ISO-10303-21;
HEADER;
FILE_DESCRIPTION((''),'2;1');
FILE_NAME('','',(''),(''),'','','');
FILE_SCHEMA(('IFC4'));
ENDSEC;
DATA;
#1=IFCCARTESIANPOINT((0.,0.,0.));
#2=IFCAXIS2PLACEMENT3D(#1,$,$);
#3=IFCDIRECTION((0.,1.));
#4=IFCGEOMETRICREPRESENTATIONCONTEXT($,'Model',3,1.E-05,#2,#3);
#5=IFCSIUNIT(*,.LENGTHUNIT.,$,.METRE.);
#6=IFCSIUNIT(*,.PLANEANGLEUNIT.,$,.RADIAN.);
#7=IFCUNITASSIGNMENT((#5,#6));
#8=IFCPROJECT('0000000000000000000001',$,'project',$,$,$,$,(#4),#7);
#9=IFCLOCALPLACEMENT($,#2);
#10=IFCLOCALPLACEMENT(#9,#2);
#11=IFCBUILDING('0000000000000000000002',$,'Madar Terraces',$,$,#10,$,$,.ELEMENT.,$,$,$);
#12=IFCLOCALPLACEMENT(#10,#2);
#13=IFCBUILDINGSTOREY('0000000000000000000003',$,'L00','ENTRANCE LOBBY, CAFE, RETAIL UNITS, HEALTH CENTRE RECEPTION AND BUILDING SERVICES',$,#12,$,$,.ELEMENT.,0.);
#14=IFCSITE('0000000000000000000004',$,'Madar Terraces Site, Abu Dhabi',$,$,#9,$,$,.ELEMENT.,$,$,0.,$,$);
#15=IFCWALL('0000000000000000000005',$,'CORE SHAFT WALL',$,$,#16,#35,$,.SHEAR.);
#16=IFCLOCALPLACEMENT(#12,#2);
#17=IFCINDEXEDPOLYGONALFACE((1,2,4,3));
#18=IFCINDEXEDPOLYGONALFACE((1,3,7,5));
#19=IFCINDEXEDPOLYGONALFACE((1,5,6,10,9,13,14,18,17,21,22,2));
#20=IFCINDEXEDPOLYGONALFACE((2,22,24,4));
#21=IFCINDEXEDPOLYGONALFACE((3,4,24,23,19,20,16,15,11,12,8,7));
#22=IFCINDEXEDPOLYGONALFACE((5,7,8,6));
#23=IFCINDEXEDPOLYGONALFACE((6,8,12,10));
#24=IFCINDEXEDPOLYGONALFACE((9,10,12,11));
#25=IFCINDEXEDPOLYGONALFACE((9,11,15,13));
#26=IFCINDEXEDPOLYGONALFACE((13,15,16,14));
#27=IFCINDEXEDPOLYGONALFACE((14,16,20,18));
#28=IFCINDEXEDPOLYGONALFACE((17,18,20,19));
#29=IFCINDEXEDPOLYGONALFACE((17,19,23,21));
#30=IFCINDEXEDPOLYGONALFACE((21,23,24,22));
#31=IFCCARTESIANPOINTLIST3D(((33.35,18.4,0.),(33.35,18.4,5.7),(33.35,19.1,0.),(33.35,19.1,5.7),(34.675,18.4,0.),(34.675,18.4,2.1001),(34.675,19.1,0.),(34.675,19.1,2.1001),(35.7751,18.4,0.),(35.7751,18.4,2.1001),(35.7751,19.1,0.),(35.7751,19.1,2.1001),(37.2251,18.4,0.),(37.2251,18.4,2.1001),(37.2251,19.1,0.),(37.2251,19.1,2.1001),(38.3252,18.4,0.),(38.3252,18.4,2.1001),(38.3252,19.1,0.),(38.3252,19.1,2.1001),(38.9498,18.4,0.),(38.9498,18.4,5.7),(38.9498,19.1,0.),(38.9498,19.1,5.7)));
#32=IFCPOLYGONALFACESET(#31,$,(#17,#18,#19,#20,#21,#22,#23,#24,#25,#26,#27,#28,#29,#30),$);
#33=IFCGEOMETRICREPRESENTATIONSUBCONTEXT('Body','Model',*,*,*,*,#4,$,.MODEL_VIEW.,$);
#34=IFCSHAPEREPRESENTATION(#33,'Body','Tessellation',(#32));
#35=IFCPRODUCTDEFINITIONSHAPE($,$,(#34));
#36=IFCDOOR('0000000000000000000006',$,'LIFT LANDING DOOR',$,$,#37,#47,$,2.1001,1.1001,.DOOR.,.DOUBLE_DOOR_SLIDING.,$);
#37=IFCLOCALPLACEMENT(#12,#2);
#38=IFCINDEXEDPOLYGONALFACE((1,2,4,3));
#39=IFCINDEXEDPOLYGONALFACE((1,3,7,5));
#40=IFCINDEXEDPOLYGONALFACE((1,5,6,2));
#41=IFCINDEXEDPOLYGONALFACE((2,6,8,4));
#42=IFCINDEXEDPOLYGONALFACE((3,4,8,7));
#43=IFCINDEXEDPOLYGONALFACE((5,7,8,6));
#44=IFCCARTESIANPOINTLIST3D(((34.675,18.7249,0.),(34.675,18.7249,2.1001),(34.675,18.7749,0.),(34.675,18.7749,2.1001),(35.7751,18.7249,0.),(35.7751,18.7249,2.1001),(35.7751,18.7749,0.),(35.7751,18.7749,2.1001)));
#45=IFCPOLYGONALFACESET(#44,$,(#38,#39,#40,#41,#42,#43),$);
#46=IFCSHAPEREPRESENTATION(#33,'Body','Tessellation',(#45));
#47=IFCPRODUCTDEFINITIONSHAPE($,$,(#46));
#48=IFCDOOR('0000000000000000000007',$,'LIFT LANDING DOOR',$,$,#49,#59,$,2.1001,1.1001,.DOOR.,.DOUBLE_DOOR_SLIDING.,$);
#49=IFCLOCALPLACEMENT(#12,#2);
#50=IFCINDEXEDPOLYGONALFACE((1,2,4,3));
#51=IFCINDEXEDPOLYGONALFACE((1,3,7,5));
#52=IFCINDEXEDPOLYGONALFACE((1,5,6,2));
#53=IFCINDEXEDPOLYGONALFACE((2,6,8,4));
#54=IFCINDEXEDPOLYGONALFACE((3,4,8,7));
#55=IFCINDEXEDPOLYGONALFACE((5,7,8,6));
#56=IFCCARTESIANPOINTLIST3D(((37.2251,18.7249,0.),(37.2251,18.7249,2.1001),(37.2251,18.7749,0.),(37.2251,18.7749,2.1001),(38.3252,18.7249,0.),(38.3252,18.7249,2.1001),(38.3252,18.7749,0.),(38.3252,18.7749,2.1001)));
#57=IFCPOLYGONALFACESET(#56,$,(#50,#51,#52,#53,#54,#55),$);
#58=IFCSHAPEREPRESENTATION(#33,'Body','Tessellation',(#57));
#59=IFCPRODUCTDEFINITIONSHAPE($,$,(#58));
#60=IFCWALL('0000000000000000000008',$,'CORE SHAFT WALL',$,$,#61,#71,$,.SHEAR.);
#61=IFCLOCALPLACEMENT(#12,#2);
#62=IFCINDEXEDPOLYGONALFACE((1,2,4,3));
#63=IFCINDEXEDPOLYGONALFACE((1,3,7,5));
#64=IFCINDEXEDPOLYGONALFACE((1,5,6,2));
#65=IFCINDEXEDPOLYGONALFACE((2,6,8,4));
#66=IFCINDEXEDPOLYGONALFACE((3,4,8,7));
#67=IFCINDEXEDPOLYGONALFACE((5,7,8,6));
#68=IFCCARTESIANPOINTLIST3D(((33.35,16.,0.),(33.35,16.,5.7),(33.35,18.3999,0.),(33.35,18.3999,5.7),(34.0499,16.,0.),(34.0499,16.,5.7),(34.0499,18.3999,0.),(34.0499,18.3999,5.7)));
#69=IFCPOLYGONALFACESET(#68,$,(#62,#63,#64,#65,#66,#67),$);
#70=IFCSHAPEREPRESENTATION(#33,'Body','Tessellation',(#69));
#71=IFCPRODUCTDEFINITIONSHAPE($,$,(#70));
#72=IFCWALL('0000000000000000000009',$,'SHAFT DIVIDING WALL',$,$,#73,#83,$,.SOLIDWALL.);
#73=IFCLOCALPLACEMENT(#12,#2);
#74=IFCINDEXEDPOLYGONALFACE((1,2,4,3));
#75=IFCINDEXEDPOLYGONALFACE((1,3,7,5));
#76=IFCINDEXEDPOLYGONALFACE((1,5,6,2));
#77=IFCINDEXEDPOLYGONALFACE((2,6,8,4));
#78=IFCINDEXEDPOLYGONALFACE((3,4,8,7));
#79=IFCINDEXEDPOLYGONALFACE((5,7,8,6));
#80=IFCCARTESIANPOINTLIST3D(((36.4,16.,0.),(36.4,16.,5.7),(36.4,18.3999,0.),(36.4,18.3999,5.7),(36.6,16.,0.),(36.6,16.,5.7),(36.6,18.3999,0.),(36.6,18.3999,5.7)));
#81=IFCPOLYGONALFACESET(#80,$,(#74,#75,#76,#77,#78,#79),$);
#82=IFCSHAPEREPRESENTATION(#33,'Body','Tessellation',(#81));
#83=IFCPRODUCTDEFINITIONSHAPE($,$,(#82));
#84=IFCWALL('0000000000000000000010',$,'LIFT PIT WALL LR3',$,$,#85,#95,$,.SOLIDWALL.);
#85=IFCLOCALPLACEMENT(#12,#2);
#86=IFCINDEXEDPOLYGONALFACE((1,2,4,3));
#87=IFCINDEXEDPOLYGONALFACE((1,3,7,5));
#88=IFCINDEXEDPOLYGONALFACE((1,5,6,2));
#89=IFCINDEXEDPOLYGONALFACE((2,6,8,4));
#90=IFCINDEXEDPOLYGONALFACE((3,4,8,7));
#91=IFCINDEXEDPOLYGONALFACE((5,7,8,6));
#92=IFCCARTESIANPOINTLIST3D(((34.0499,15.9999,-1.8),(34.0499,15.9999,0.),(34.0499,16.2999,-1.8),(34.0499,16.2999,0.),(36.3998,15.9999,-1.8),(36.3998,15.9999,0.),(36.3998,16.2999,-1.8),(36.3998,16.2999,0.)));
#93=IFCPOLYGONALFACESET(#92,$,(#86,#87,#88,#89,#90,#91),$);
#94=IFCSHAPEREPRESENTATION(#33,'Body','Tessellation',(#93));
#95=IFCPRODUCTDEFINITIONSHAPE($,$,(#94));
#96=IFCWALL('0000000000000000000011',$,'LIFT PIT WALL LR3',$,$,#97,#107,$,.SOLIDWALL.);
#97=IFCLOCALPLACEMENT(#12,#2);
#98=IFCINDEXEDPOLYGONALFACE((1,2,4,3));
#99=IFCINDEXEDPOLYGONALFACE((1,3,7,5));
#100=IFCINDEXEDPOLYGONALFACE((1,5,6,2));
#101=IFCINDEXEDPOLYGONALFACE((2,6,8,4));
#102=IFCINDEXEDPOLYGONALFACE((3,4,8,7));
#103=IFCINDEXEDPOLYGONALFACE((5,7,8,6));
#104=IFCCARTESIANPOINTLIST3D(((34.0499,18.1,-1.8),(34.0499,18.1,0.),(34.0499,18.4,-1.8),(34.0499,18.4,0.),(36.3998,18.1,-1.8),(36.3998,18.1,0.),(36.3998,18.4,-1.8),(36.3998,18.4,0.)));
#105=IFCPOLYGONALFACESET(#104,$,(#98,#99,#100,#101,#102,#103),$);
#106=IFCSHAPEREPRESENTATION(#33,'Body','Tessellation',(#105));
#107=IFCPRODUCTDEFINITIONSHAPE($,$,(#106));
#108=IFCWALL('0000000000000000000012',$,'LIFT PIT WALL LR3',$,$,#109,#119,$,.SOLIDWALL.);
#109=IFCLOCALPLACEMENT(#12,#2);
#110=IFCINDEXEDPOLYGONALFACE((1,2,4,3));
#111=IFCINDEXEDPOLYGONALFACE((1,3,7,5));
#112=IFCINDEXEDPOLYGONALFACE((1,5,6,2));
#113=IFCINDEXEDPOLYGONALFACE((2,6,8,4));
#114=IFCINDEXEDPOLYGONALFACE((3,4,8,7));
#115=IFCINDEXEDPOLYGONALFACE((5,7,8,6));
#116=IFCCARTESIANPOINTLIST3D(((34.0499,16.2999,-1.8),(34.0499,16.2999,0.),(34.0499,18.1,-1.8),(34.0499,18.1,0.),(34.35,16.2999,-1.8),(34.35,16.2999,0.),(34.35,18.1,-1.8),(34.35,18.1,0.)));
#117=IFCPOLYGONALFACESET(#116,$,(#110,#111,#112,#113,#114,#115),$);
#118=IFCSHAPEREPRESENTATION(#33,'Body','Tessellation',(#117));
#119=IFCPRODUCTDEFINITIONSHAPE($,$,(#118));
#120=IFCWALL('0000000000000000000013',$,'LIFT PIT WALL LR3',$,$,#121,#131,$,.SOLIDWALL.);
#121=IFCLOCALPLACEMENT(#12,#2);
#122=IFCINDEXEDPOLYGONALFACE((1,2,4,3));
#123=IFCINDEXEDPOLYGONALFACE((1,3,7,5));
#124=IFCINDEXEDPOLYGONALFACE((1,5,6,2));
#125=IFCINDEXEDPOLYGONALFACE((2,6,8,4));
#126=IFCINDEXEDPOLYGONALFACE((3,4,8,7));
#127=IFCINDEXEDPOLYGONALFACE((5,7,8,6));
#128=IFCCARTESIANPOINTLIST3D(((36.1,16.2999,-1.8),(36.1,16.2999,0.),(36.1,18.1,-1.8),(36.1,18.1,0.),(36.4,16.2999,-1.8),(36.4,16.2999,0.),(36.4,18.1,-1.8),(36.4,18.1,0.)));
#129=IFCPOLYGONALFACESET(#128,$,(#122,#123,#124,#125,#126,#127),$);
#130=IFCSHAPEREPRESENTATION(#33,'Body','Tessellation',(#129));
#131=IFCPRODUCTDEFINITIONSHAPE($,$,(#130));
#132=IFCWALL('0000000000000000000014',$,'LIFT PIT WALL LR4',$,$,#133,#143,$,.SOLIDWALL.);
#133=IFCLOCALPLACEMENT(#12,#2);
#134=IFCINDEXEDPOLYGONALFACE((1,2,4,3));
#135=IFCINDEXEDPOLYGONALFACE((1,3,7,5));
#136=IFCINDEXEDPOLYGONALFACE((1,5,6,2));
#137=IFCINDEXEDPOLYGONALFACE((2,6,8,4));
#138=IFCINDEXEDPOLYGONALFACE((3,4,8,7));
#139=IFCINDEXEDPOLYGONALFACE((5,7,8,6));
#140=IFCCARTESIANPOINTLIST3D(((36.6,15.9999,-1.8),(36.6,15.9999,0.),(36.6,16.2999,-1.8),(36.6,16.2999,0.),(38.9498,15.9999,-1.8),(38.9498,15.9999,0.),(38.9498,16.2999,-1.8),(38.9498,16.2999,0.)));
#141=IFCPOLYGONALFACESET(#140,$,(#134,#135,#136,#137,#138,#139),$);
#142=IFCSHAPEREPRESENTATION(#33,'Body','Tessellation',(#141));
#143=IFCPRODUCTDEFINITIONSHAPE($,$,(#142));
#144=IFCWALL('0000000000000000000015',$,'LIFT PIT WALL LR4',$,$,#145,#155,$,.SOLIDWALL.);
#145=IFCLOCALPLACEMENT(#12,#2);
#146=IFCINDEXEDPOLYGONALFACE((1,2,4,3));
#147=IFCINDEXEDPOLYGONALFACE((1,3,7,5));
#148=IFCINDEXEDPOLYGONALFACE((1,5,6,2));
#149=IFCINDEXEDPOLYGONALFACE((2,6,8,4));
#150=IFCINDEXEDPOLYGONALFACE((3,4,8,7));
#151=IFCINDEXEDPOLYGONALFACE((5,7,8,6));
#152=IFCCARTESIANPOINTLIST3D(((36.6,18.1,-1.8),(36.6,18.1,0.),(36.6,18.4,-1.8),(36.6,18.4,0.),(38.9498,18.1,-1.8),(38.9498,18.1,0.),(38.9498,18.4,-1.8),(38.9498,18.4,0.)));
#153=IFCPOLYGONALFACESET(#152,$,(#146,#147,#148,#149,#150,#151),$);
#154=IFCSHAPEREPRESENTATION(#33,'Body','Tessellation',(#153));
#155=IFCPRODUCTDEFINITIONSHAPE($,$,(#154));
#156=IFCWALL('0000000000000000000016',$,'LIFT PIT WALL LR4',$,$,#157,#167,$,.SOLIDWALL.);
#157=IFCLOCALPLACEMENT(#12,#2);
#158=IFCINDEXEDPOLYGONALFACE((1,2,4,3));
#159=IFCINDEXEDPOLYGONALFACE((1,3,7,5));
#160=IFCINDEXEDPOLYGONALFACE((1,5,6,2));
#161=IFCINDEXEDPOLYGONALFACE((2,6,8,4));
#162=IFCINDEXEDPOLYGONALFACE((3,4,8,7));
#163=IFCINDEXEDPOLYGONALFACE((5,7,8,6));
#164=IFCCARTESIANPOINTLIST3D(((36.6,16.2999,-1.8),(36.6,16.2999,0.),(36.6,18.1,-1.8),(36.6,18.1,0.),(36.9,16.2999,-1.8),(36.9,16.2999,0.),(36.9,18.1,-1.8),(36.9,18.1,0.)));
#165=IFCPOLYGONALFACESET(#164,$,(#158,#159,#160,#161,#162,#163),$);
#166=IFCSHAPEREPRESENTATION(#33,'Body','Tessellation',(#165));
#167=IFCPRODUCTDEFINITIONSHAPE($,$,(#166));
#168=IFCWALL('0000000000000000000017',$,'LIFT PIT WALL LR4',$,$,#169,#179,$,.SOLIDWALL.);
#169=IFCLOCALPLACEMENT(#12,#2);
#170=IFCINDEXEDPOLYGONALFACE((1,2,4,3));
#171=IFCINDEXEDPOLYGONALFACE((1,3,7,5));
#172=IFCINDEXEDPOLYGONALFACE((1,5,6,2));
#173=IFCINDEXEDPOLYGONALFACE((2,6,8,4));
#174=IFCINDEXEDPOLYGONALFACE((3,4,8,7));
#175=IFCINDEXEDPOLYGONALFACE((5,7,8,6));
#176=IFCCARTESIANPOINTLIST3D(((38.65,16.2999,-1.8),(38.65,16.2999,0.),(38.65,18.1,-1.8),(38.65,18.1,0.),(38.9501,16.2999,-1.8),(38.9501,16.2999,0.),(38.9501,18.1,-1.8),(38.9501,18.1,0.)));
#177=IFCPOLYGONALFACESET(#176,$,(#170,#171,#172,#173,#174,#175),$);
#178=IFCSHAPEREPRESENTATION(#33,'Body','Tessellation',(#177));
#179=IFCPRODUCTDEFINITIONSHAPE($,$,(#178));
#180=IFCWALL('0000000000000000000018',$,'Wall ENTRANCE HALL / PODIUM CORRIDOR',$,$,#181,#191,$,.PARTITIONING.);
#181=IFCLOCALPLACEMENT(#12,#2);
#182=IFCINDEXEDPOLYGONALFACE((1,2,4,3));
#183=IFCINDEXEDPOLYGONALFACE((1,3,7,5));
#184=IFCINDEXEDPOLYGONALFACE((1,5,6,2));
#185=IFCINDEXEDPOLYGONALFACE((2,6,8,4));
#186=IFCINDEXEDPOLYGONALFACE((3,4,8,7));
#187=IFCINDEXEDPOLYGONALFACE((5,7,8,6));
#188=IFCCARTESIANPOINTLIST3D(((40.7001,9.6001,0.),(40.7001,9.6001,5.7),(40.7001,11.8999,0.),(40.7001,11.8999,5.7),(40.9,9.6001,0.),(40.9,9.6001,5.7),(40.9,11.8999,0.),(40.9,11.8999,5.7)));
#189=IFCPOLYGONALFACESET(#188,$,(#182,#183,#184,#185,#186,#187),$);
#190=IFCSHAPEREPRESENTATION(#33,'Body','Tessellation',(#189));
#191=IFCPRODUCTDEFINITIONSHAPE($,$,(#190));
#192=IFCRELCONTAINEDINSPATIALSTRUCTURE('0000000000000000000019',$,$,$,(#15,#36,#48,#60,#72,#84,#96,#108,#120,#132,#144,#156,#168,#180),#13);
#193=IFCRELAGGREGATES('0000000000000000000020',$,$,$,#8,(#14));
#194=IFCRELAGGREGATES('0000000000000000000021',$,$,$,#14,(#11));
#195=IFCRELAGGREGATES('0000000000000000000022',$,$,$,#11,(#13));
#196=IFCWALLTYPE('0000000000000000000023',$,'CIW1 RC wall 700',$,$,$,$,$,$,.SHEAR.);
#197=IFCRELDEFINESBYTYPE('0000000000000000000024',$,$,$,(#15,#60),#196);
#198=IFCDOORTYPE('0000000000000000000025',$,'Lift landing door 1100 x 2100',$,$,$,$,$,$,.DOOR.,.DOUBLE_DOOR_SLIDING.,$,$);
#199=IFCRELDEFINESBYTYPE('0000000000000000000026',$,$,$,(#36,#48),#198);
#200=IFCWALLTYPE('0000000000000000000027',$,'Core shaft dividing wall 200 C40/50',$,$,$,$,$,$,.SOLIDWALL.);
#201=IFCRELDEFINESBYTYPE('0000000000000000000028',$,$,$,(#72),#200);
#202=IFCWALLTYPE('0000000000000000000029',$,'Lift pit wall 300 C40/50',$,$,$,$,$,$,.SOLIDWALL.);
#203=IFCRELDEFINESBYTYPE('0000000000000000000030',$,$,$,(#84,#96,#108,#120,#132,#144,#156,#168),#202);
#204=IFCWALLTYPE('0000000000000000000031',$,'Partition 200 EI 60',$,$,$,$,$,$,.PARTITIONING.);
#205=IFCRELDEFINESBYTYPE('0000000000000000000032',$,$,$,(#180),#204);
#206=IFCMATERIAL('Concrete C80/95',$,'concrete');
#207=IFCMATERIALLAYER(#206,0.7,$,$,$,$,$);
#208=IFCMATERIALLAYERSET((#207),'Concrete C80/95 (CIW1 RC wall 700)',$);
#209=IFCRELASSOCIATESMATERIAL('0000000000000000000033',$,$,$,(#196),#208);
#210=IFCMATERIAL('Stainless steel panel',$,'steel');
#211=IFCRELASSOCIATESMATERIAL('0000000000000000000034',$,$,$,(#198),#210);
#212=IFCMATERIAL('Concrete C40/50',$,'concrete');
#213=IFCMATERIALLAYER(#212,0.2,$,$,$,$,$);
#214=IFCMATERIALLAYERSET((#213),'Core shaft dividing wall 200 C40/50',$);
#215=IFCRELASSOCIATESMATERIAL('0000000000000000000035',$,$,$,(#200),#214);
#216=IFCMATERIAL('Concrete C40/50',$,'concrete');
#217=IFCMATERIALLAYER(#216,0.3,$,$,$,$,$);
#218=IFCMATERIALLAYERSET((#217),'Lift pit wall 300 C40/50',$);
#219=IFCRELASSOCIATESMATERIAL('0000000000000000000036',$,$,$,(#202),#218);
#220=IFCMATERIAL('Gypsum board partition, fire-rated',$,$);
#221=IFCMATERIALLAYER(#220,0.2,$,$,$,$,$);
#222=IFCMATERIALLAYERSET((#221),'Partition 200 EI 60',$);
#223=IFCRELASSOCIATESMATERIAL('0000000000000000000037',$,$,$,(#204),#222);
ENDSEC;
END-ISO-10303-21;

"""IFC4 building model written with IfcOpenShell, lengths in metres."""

from ifc_helpers import new_model, si_unit, direction, frame, frame_2d, origin, place, context, subcontext, project, spatial, rectangle, extrude, material, layer, layer_set, type_object, element, fill, save


model = new_model("IFC4")

# Units and contexts
model_context = context("Model", 3, precision=1e-05, world=origin(), true_north=direction((0.0, 1.0)))
body_context = subcontext(model_context, "Body", "Model", "MODEL_VIEW")
ifc_project = project(units=[si_unit("LENGTHUNIT", "METRE"), si_unit("PLANEANGLEUNIT", "RADIAN")], contexts=[model_context])

# Site, building, storey
site_placement = place(None, origin())
site = spatial("IfcSite", under=ifc_project, at=site_placement, Name="Madar Terraces Site, Abu Dhabi", CompositionType="ELEMENT", RefElevation=0.0)
building_placement = place(site_placement, origin())
building = spatial("IfcBuilding", under=site, at=building_placement, Name="Madar Terraces", CompositionType="ELEMENT")
storey_placement = place(building_placement, origin())
storey = spatial("IfcBuildingStorey", under=building, at=storey_placement, Name="L00", Description="ENTRANCE LOBBY, CAFE, RETAIL UNITS, HEALTH CENTRE RECEPTION AND BUILDING SERVICES", CompositionType="ELEMENT", Elevation=0.0)

# Shared definitions
ifc_material_1 = material(Name="Concrete C80/95", Category="concrete")
ifc_layer_1 = layer(ifc_material_1, 0.7)
ifc_layer_set_1 = layer_set([ifc_layer_1], Name="Concrete C80/95 (CIW1 RC wall 700)")
wall_type_1 = type_object("IfcWallType", Name="CIW1 RC wall 700", PredefinedType="SHEAR", material=ifc_layer_set_1)

# Wall, openings, doors
wall_1_placement = place(storey_placement, frame((33.3501, 18.75, 0.0), z_axis=(0.0, 0.0, 1.0), x_axis=(1.0, 0.0, 0.0)))
wall_1 = element("IfcWall", 1, at=wall_1_placement, inside=storey, type_object=wall_type_1, Name="CORE SHAFT WALL", PredefinedType="SHEAR", context=body_context, shape_type="SweptSolid", body=[
    extrude(rectangle(XDim=5.5999, YDim=0.7, at=frame_2d((2.7998, 0.0))), origin(), (0.0, 0.0, 1.0), 5.7),
])
opening_1_placement = place(wall_1_placement, frame((1.325, 0.0, 0.0)))
opening_1 = element("IfcOpeningElement", 2, at=opening_1_placement, cuts=wall_1, PredefinedType="OPENING", context=body_context, shape_type="SweptSolid", body=[
    extrude(rectangle(XDim=1.1001, YDim=2.1001, at=frame_2d((0.55, 1.05))), frame((0.0, 0.3599, 0.0), z_axis=(0.0, -1.0, 0.0), x_axis=(1.0, 0.0, 0.0)), (0.0, 0.0, 1.0), 0.72),
])
opening_2_placement = place(wall_1_placement, frame((3.875, 0.0, 0.0)))
opening_2 = element("IfcOpeningElement", 3, at=opening_2_placement, cuts=wall_1, PredefinedType="OPENING", context=body_context, shape_type="SweptSolid", body=[
    extrude(rectangle(XDim=1.1001, YDim=2.1001, at=frame_2d((0.55, 1.05))), frame((0.0, 0.3599, 0.0), z_axis=(0.0, -1.0, 0.0), x_axis=(1.0, 0.0, 0.0)), (0.0, 0.0, 1.0), 0.72),
])
ifc_material_2 = material(Name="Stainless steel panel", Category="steel")
door_type = type_object("IfcDoorType", Name="Lift landing door 1100 x 2100", OperationType="DOUBLE_DOOR_SLIDING", PredefinedType="DOOR", material=ifc_material_2)
door_1_placement = place(opening_1_placement, origin())
door_1 = element("IfcDoor", 4, at=door_1_placement, inside=storey, type_object=door_type, Name="LIFT LANDING DOOR", OperationType="DOUBLE_DOOR_SLIDING", OverallHeight=2.1001, OverallWidth=1.1001, PredefinedType="DOOR", context=body_context, shape_type="SweptSolid", body=[
    extrude(rectangle(XDim=1.1001, YDim=2.1001, at=frame_2d((0.55, 1.05))), frame((0.0, 0.0249, 0.0), z_axis=(0.0, -1.0, 0.0), x_axis=(1.0, 0.0, 0.0)), (0.0, 0.0, 1.0), 0.05),
])
fill(opening_1, door_1)
door_2_placement = place(opening_2_placement, origin())
door_2 = element("IfcDoor", 5, at=door_2_placement, inside=storey, type_object=door_type, Name="LIFT LANDING DOOR", OperationType="DOUBLE_DOOR_SLIDING", OverallHeight=2.1001, OverallWidth=1.1001, PredefinedType="DOOR", context=body_context, shape_type="SweptSolid", body=[
    extrude(rectangle(XDim=1.1001, YDim=2.1001, at=frame_2d((0.55, 1.05))), frame((0.0, 0.0249, 0.0), z_axis=(0.0, -1.0, 0.0), x_axis=(1.0, 0.0, 0.0)), (0.0, 0.0, 1.0), 0.05),
])
fill(opening_2, door_2)

# Walls
wall_2_placement = place(storey_placement, frame((33.7, 16.0, 0.0), z_axis=(0.0, 0.0, 1.0), x_axis=(0.0, 1.0, 0.0)))
element("IfcWall", 6, at=wall_2_placement, inside=storey, type_object=wall_type_1, Name="CORE SHAFT WALL", PredefinedType="SHEAR", context=body_context, shape_type="SweptSolid", body=[
    extrude(rectangle(XDim=2.3999, YDim=0.7, at=frame_2d((1.2, 0.0))), origin(), (0.0, 0.0, 1.0), 5.7),
])
ifc_material_3 = material(Name="Concrete C40/50", Category="concrete")
ifc_layer_2 = layer(ifc_material_3, 0.2)
ifc_layer_set_2 = layer_set([ifc_layer_2], Name="Core shaft dividing wall 200 C40/50")
wall_type_2 = type_object("IfcWallType", Name="Core shaft dividing wall 200 C40/50", PredefinedType="SOLIDWALL", material=ifc_layer_set_2)
wall_3_placement = place(storey_placement, frame((36.5, 16.0, 0.0), z_axis=(0.0, 0.0, 1.0), x_axis=(0.0, 1.0, 0.0)))
element("IfcWall", 7, at=wall_3_placement, inside=storey, type_object=wall_type_2, Name="SHAFT DIVIDING WALL", PredefinedType="SOLIDWALL", context=body_context, shape_type="SweptSolid", body=[
    extrude(rectangle(XDim=2.3999, YDim=0.2, at=frame_2d((1.2, 0.0))), origin(), (0.0, 0.0, 1.0), 5.7),
])
ifc_material_4 = material(Name="Concrete C40/50", Category="concrete")
ifc_layer_3 = layer(ifc_material_4, 0.3)
ifc_layer_set_3 = layer_set([ifc_layer_3], Name="Lift pit wall 300 C40/50")
wall_type_3 = type_object("IfcWallType", Name="Lift pit wall 300 C40/50", PredefinedType="SOLIDWALL", material=ifc_layer_set_3)
for number, where, z_axis, x_axis, name in (
    (8, (34.05, 16.1499, -1.8), (0.0, 0.0, 1.0), (1.0, 0.0, 0.0), "LIFT PIT WALL LR3"),
    (9, (34.05, 18.25, -1.8), (0.0, 0.0, 1.0), (1.0, 0.0, 0.0), "LIFT PIT WALL LR3"),
):
    element("IfcWall", number, at=place(storey_placement, frame(where, z_axis=z_axis, x_axis=x_axis)), inside=storey, type_object=wall_type_3, Name=name, PredefinedType="SOLIDWALL", context=body_context, shape_type="SweptSolid", body=[
        extrude(rectangle(XDim=2.3499, YDim=0.3, at=frame_2d((1.1748, 0.0))), origin(), (0.0, 0.0, 1.0), 1.8),
    ])
for number, where, z_axis, x_axis, name in (
    (10, (34.2, 16.3, -1.8), (0.0, 0.0, 1.0), (0.0, 1.0, 0.0), "LIFT PIT WALL LR3"),
    (11, (36.25, 16.3, -1.8), (0.0, 0.0, 1.0), (0.0, 1.0, 0.0), "LIFT PIT WALL LR3"),
):
    element("IfcWall", number, at=place(storey_placement, frame(where, z_axis=z_axis, x_axis=x_axis)), inside=storey, type_object=wall_type_3, Name=name, PredefinedType="SOLIDWALL", context=body_context, shape_type="SweptSolid", body=[
        extrude(rectangle(XDim=1.8, YDim=0.3, at=frame_2d((0.8999, 0.0))), origin(), (0.0, 0.0, 1.0), 1.8),
    ])
for number, where, z_axis, x_axis, name in (
    (12, (36.6001, 16.1499, -1.8), (0.0, 0.0, 1.0), (1.0, 0.0, 0.0), "LIFT PIT WALL LR4"),
    (13, (36.6001, 18.25, -1.8), (0.0, 0.0, 1.0), (1.0, 0.0, 0.0), "LIFT PIT WALL LR4"),
):
    element("IfcWall", number, at=place(storey_placement, frame(where, z_axis=z_axis, x_axis=x_axis)), inside=storey, type_object=wall_type_3, Name=name, PredefinedType="SOLIDWALL", context=body_context, shape_type="SweptSolid", body=[
        extrude(rectangle(XDim=2.3499, YDim=0.3, at=frame_2d((1.1748, 0.0))), origin(), (0.0, 0.0, 1.0), 1.8),
    ])
for number, where, z_axis, x_axis, name in (
    (14, (36.75, 16.3, -1.8), (0.0, 0.0, 1.0), (0.0, 1.0, 0.0), "LIFT PIT WALL LR4"),
    (15, (38.8, 16.3, -1.8), (0.0, 0.0, 1.0), (0.0, 1.0, 0.0), "LIFT PIT WALL LR4"),
):
    element("IfcWall", number, at=place(storey_placement, frame(where, z_axis=z_axis, x_axis=x_axis)), inside=storey, type_object=wall_type_3, Name=name, PredefinedType="SOLIDWALL", context=body_context, shape_type="SweptSolid", body=[
        extrude(rectangle(XDim=1.8, YDim=0.3, at=frame_2d((0.8999, 0.0))), origin(), (0.0, 0.0, 1.0), 1.8),
    ])
ifc_material_5 = material(Name="Gypsum board partition, fire-rated")
ifc_layer_4 = layer(ifc_material_5, 0.2)
ifc_layer_set_4 = layer_set([ifc_layer_4], Name="Partition 200 EI 60")
wall_type_4 = type_object("IfcWallType", Name="Partition 200 EI 60", PredefinedType="PARTITIONING", material=ifc_layer_set_4)
wall_4_placement = place(storey_placement, frame((40.8, 9.6001, 0.0), z_axis=(0.0, 0.0, 1.0), x_axis=(0.0, 1.0, 0.0)))
element("IfcWall", 16, at=wall_4_placement, inside=storey, type_object=wall_type_4, Name="Wall ENTRANCE HALL / PODIUM CORRIDOR", PredefinedType="PARTITIONING", context=body_context, shape_type="SweptSolid", body=[
    extrude(rectangle(XDim=2.2998, YDim=0.2, at=frame_2d((1.1499, 0.0))), origin(), (0.0, 0.0, 1.0), 5.7),
])

save(model, "model.ifc")
